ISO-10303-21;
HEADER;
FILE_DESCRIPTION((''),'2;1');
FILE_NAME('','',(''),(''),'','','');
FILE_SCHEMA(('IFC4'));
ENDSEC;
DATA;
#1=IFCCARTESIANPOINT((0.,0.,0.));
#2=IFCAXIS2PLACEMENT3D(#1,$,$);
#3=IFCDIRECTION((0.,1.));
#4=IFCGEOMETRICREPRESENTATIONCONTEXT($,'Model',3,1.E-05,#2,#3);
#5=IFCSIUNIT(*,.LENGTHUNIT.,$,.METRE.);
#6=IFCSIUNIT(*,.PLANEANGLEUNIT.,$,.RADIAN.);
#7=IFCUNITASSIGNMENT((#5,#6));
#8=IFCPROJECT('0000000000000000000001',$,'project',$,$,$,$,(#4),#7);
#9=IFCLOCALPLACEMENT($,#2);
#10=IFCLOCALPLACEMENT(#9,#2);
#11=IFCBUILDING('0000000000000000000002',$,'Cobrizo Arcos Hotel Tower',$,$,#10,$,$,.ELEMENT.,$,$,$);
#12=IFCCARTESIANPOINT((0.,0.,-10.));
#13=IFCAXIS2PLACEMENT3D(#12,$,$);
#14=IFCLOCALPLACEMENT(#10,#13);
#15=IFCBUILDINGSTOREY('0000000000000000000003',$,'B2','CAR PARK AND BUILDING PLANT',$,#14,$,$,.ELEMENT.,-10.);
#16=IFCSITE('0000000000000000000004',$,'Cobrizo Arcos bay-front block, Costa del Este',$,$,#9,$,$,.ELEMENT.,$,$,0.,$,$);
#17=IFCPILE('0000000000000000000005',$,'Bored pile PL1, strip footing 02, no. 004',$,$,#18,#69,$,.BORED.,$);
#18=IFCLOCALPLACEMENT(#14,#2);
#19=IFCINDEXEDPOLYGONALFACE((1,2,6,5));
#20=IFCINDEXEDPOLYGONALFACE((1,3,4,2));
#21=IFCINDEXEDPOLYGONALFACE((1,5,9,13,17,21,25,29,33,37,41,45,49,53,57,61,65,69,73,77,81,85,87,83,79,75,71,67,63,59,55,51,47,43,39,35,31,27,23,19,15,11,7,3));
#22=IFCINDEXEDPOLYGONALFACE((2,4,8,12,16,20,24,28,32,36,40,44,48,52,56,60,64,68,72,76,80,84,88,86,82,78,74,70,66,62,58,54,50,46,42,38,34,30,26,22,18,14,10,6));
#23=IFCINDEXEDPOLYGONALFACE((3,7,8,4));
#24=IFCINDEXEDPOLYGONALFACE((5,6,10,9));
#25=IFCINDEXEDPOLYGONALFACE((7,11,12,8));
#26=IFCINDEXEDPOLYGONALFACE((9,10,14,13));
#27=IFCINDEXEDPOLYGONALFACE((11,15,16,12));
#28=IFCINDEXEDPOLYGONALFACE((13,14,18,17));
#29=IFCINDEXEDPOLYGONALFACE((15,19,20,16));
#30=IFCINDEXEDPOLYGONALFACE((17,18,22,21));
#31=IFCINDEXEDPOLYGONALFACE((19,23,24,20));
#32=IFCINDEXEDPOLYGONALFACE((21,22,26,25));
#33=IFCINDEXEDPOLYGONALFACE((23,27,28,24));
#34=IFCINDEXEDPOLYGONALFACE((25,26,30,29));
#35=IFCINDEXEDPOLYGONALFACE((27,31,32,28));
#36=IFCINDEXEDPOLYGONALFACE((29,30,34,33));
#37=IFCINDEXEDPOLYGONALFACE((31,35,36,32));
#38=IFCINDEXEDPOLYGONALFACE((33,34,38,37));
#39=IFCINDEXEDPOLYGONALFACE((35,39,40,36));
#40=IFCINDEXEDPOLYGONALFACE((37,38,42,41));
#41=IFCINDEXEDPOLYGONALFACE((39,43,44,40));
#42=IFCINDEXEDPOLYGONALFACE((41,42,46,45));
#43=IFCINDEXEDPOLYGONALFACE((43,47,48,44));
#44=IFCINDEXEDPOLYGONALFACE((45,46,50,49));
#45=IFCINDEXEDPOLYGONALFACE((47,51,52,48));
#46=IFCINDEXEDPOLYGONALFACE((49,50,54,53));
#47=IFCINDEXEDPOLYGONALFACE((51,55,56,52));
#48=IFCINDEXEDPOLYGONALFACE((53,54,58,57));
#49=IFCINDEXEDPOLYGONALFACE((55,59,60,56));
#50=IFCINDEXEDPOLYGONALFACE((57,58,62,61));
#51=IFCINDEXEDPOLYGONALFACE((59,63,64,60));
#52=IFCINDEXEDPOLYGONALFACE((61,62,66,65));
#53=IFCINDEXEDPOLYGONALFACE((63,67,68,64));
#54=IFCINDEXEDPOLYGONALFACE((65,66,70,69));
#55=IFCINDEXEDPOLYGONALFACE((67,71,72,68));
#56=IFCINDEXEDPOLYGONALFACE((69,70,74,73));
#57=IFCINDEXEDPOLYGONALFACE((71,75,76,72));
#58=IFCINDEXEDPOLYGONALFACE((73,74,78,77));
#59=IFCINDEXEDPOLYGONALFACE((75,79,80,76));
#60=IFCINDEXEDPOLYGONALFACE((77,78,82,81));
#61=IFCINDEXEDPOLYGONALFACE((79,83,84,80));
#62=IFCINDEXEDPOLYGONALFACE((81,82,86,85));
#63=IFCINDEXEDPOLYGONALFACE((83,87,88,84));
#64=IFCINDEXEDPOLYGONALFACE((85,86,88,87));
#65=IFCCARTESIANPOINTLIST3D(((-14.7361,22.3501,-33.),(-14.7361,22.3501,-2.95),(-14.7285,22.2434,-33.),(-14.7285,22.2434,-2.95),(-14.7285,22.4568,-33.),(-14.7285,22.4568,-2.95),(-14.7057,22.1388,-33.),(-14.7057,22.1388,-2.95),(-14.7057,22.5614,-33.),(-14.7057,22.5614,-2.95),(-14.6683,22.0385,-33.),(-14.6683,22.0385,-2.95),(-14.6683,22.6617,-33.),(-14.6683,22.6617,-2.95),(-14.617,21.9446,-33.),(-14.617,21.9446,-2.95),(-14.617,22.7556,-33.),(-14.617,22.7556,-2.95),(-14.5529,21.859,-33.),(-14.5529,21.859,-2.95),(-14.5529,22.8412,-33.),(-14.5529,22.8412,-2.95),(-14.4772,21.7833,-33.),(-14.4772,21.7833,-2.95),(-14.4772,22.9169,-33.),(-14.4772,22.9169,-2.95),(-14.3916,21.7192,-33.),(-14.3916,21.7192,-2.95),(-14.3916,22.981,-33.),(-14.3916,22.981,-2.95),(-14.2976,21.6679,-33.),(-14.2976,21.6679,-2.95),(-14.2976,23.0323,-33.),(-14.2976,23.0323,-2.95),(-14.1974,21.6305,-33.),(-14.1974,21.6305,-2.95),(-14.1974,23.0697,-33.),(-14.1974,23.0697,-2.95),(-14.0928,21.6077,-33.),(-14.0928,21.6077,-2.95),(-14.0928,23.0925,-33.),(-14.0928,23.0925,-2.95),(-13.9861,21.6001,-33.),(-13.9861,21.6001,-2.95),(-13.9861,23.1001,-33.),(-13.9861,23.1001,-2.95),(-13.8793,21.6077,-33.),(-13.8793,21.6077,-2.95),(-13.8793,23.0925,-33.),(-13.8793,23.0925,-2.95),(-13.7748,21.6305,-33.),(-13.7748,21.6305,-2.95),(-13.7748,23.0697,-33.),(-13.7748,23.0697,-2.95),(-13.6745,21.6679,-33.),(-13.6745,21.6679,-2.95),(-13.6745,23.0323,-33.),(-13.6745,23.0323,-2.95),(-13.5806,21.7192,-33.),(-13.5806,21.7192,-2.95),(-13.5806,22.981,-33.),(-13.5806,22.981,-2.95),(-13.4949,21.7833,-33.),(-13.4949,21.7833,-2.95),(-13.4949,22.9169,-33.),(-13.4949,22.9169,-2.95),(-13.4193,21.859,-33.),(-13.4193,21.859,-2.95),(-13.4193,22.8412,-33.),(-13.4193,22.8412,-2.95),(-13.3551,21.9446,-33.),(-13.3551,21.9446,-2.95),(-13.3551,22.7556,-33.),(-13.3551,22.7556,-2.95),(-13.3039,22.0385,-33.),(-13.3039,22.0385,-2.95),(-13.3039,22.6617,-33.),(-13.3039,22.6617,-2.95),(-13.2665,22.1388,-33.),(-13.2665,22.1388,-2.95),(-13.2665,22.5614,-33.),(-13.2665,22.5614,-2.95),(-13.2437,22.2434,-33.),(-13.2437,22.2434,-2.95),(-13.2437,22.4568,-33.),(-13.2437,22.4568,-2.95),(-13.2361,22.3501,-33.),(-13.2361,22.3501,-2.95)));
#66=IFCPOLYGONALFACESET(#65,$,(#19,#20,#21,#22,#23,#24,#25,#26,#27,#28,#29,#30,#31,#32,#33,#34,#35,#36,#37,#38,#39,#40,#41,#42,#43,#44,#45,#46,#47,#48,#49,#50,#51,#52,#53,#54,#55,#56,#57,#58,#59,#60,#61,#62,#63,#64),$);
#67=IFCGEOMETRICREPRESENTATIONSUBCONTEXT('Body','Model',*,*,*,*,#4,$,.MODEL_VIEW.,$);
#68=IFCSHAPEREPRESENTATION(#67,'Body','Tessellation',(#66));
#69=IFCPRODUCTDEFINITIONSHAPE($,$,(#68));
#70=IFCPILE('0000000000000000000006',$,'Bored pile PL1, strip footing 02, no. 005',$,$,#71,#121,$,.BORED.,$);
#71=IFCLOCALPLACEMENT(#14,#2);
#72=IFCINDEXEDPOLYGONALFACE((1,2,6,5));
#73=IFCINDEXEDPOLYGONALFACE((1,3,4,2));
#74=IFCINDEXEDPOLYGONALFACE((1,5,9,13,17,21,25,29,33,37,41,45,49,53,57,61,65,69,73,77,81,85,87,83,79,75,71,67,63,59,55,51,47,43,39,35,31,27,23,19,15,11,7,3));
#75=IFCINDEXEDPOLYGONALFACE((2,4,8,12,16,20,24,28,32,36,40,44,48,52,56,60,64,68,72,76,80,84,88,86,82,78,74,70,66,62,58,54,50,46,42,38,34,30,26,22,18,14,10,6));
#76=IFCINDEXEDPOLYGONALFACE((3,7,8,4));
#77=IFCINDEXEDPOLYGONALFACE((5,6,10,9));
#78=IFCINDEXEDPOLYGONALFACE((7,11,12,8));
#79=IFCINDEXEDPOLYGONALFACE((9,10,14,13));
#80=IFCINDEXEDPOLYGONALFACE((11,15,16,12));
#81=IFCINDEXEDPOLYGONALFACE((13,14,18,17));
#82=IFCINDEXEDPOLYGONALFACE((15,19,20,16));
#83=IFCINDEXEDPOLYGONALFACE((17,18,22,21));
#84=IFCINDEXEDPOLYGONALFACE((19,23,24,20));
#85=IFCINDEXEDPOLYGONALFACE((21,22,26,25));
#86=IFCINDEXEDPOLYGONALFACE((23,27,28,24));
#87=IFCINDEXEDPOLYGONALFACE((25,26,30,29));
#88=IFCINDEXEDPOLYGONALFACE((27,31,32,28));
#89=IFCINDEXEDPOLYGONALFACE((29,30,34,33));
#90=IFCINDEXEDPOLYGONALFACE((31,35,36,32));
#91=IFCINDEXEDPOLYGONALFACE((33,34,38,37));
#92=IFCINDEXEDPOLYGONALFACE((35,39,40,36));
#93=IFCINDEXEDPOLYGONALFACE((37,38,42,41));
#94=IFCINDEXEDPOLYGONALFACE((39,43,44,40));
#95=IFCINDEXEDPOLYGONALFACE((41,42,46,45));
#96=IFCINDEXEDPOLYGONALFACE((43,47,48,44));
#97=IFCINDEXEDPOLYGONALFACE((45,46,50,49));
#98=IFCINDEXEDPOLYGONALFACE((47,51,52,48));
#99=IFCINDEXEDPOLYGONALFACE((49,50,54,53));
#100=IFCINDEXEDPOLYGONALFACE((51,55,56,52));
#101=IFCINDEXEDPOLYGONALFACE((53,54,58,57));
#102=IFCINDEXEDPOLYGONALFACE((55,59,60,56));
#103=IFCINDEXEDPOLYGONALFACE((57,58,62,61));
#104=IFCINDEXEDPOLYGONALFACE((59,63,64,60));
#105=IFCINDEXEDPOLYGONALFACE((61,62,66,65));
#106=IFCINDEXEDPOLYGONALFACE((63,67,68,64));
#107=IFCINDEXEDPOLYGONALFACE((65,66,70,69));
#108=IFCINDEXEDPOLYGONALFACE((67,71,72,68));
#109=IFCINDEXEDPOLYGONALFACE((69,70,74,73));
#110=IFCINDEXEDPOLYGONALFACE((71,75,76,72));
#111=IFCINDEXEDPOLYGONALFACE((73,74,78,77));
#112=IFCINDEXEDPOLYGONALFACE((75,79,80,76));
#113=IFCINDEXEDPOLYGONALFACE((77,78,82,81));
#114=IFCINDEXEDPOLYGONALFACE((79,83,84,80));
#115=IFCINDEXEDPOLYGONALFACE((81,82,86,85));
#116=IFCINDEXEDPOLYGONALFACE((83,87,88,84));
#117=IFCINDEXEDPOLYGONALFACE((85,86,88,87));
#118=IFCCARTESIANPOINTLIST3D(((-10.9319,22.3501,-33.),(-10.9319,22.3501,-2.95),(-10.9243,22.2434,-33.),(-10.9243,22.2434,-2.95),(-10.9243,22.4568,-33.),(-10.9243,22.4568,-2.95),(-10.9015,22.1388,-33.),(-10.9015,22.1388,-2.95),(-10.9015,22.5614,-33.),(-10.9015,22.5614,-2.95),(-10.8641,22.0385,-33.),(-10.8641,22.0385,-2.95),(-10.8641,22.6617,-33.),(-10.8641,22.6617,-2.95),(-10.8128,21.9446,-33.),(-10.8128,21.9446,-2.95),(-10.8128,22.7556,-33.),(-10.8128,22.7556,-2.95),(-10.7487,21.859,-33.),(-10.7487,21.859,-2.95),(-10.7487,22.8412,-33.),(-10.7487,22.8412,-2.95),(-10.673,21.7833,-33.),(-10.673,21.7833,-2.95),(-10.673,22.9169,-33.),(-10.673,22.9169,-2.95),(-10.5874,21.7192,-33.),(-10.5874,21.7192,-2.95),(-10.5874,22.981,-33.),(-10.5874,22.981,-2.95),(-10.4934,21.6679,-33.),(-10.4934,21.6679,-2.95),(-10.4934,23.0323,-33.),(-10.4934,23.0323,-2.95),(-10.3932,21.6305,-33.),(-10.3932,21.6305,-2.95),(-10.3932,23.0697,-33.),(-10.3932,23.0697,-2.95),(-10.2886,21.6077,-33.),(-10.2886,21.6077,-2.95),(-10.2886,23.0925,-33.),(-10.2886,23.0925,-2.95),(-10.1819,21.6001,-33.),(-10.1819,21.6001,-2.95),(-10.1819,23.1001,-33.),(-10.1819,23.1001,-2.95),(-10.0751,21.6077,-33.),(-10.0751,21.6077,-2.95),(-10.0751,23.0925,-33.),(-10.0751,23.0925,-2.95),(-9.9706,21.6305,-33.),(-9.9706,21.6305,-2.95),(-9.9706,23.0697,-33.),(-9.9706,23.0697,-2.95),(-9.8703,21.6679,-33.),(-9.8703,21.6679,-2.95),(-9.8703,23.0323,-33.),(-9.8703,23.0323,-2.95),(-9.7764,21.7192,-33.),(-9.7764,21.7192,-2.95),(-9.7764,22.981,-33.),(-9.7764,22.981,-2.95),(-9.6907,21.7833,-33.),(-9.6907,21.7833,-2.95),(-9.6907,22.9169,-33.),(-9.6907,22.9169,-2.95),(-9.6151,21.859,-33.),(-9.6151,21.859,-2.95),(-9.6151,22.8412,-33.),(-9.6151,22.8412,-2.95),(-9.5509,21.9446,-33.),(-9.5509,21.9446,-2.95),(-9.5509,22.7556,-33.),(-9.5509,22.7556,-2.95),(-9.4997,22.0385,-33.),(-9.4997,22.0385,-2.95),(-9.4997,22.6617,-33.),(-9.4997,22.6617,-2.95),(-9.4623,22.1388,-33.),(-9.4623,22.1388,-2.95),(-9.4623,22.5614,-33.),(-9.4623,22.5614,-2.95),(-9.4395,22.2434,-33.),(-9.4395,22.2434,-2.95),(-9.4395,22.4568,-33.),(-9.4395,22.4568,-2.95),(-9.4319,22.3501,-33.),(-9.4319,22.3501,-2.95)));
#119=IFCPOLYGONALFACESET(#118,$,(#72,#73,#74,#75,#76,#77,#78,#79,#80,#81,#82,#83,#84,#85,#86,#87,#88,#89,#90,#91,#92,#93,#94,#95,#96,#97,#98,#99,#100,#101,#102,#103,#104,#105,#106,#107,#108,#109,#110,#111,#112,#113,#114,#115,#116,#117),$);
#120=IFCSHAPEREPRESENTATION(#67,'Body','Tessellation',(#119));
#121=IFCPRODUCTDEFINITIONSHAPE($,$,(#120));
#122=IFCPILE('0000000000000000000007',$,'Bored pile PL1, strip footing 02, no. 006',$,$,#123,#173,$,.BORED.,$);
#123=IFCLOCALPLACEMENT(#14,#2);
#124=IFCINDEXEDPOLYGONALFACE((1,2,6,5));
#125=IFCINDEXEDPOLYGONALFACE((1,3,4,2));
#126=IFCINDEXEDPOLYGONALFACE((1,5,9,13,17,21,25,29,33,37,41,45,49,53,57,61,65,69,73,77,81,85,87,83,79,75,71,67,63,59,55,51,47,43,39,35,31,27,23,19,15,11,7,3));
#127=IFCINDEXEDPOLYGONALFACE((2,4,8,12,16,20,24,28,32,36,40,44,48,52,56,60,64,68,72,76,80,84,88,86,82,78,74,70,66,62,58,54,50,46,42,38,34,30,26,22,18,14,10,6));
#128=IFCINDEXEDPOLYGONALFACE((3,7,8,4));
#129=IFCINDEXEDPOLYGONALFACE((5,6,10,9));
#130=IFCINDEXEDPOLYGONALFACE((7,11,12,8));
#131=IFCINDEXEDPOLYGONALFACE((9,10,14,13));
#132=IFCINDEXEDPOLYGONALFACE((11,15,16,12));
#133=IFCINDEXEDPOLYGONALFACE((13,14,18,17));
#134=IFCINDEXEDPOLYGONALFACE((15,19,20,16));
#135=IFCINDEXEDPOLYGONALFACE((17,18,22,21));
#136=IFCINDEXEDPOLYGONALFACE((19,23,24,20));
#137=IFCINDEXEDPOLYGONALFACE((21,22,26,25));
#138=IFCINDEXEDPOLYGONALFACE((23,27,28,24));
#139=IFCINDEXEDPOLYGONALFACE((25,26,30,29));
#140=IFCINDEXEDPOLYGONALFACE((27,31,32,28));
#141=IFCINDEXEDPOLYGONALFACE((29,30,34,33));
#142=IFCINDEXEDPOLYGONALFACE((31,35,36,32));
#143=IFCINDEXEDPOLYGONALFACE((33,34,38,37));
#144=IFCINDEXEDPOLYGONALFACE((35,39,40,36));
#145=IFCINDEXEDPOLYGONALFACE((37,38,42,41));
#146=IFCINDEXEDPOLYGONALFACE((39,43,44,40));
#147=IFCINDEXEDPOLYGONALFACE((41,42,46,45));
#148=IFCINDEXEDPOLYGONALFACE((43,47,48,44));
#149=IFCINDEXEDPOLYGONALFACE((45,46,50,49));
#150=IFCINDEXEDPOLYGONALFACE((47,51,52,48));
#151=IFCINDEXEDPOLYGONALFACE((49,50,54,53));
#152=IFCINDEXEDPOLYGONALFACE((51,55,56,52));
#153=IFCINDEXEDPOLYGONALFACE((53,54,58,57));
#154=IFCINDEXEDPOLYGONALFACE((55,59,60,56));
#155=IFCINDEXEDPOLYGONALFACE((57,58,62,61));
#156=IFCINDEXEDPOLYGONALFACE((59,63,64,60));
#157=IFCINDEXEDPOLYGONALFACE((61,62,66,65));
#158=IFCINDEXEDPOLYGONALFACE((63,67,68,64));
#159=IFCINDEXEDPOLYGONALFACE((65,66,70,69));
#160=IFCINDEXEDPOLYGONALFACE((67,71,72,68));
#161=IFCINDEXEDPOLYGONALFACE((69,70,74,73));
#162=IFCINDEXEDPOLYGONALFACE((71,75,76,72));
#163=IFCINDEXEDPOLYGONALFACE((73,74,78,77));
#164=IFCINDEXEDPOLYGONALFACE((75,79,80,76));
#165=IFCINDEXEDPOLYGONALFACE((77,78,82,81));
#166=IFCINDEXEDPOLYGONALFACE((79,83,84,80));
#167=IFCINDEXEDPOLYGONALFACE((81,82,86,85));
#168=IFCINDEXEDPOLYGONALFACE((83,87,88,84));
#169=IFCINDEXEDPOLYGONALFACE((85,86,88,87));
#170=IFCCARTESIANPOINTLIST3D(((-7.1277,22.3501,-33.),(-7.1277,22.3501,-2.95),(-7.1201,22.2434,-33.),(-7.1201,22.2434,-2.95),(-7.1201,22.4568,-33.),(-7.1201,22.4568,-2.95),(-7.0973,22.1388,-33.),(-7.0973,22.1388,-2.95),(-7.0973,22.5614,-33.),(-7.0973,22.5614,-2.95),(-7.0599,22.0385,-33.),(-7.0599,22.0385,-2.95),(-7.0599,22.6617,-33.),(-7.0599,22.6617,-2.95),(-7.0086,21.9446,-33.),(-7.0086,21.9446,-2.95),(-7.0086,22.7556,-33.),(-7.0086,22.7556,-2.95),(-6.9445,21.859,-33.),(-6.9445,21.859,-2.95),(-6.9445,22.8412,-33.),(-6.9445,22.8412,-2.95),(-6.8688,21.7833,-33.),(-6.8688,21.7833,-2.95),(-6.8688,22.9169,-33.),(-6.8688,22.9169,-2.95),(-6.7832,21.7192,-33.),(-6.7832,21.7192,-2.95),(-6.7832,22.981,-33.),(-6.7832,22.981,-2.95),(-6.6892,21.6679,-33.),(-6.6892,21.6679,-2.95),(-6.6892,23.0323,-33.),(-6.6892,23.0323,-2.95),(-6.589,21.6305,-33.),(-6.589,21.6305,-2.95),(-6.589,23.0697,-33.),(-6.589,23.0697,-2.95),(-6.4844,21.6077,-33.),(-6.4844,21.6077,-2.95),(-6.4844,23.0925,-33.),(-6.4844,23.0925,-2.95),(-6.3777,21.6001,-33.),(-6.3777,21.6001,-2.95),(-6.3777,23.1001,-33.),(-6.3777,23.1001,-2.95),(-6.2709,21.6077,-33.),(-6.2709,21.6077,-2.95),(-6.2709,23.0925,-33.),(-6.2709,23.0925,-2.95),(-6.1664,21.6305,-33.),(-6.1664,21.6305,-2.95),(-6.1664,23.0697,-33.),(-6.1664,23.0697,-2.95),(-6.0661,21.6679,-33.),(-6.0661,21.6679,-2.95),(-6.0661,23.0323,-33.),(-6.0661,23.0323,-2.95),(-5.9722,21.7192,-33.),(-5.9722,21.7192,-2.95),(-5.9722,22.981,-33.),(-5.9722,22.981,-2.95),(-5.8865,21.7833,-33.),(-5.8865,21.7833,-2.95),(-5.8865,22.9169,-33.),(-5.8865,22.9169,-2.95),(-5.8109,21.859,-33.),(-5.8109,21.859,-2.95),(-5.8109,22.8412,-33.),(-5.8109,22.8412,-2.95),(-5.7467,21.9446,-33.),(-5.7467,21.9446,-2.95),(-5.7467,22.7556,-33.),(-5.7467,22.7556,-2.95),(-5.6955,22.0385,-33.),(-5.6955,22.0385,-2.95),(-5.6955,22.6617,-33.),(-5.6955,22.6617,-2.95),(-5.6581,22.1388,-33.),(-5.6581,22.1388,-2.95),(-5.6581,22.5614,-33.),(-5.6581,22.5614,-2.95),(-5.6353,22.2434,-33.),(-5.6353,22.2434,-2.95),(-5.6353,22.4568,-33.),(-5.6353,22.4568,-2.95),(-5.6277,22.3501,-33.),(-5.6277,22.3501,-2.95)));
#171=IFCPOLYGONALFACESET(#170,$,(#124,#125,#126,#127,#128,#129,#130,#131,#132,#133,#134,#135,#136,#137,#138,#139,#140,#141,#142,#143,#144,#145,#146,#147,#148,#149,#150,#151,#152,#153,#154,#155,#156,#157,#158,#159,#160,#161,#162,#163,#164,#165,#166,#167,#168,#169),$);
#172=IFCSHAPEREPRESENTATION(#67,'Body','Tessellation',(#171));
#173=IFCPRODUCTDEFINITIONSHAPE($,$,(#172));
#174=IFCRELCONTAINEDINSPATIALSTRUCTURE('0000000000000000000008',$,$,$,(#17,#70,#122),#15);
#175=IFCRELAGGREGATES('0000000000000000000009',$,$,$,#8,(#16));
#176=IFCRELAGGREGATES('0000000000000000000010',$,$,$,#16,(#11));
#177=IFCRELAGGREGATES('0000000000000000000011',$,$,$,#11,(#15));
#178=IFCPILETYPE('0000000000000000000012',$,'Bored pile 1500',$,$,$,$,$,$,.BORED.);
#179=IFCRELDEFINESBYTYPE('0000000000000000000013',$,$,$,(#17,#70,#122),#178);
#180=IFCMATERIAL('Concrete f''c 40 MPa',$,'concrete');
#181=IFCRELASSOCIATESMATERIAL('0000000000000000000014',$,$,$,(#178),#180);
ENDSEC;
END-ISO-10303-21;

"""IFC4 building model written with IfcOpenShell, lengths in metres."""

from ifc_helpers import new_model, si_unit, direction, frame, origin, origin_2d, place, context, subcontext, project, spatial, circle, extrude, material, material_profile, profile_set, type_object, element, save


model = new_model("IFC4")

# Units and contexts
model_context = context("Model", 3, precision=1e-05, world=origin(), true_north=direction((0.0, 1.0)))
body_context = subcontext(model_context, "Body", "Model", "MODEL_VIEW")
ifc_project = project(units=[si_unit("LENGTHUNIT", "METRE"), si_unit("PLANEANGLEUNIT", "RADIAN")], contexts=[model_context])

# Site, building, storey
site_placement = place(None, origin())
site = spatial("IfcSite", under=ifc_project, at=site_placement, Name="Cobrizo Arcos bay-front block, Costa del Este", CompositionType="ELEMENT", RefElevation=0.0)
building_placement = place(site_placement, origin())
building = spatial("IfcBuilding", under=site, at=building_placement, Name="Cobrizo Arcos Hotel Tower", CompositionType="ELEMENT")
storey_placement = place(building_placement, frame((0.0, 0.0, -10.0)))
storey = spatial("IfcBuildingStorey", under=building, at=storey_placement, Name="B2", Description="CAR PARK AND BUILDING PLANT", CompositionType="ELEMENT", Elevation=-10.0)

# Piles
ifc_material_1 = material(Name="Concrete f'c 40 MPa", Category="concrete")
ifc_material_profile_1 = material_profile(ifc_material_1, circle(Radius=0.75, at=origin_2d()), Name="BORED PILE 1500")
ifc_profile_set_1 = profile_set([ifc_material_profile_1], Name="Concrete f'c 40 MPa")
pile_type = type_object("IfcPileType", Name="Bored pile 1500", PredefinedType="BORED", material=ifc_profile_set_1)
for number, where, z_axis, x_axis, name in (
    (1, (-13.9861, 22.3501, -2.95), (0.0, 0.0, -1.0), (1.0, 0.0, 0.0), "Bored pile PL1, strip footing 02, no. 004"),
    (2, (-10.1819, 22.3501, -2.95), (0.0, 0.0, -1.0), (1.0, 0.0, 0.0), "Bored pile PL1, strip footing 02, no. 005"),
    (3, (-6.3777, 22.3501, -2.95), (0.0, 0.0, -1.0), (1.0, 0.0, 0.0), "Bored pile PL1, strip footing 02, no. 006"),
):
    element("IfcPile", number, at=place(storey_placement, frame(where, z_axis=z_axis, x_axis=x_axis)), inside=storey, type_object=pile_type, Name=name, PredefinedType="BORED", context=body_context, shape_type="SweptSolid", body=[
        extrude(circle(Radius=0.75, at=origin_2d()), origin(), (0.0, 0.0, 1.0), 30.05),
    ])

save(model, "model.ifc")
